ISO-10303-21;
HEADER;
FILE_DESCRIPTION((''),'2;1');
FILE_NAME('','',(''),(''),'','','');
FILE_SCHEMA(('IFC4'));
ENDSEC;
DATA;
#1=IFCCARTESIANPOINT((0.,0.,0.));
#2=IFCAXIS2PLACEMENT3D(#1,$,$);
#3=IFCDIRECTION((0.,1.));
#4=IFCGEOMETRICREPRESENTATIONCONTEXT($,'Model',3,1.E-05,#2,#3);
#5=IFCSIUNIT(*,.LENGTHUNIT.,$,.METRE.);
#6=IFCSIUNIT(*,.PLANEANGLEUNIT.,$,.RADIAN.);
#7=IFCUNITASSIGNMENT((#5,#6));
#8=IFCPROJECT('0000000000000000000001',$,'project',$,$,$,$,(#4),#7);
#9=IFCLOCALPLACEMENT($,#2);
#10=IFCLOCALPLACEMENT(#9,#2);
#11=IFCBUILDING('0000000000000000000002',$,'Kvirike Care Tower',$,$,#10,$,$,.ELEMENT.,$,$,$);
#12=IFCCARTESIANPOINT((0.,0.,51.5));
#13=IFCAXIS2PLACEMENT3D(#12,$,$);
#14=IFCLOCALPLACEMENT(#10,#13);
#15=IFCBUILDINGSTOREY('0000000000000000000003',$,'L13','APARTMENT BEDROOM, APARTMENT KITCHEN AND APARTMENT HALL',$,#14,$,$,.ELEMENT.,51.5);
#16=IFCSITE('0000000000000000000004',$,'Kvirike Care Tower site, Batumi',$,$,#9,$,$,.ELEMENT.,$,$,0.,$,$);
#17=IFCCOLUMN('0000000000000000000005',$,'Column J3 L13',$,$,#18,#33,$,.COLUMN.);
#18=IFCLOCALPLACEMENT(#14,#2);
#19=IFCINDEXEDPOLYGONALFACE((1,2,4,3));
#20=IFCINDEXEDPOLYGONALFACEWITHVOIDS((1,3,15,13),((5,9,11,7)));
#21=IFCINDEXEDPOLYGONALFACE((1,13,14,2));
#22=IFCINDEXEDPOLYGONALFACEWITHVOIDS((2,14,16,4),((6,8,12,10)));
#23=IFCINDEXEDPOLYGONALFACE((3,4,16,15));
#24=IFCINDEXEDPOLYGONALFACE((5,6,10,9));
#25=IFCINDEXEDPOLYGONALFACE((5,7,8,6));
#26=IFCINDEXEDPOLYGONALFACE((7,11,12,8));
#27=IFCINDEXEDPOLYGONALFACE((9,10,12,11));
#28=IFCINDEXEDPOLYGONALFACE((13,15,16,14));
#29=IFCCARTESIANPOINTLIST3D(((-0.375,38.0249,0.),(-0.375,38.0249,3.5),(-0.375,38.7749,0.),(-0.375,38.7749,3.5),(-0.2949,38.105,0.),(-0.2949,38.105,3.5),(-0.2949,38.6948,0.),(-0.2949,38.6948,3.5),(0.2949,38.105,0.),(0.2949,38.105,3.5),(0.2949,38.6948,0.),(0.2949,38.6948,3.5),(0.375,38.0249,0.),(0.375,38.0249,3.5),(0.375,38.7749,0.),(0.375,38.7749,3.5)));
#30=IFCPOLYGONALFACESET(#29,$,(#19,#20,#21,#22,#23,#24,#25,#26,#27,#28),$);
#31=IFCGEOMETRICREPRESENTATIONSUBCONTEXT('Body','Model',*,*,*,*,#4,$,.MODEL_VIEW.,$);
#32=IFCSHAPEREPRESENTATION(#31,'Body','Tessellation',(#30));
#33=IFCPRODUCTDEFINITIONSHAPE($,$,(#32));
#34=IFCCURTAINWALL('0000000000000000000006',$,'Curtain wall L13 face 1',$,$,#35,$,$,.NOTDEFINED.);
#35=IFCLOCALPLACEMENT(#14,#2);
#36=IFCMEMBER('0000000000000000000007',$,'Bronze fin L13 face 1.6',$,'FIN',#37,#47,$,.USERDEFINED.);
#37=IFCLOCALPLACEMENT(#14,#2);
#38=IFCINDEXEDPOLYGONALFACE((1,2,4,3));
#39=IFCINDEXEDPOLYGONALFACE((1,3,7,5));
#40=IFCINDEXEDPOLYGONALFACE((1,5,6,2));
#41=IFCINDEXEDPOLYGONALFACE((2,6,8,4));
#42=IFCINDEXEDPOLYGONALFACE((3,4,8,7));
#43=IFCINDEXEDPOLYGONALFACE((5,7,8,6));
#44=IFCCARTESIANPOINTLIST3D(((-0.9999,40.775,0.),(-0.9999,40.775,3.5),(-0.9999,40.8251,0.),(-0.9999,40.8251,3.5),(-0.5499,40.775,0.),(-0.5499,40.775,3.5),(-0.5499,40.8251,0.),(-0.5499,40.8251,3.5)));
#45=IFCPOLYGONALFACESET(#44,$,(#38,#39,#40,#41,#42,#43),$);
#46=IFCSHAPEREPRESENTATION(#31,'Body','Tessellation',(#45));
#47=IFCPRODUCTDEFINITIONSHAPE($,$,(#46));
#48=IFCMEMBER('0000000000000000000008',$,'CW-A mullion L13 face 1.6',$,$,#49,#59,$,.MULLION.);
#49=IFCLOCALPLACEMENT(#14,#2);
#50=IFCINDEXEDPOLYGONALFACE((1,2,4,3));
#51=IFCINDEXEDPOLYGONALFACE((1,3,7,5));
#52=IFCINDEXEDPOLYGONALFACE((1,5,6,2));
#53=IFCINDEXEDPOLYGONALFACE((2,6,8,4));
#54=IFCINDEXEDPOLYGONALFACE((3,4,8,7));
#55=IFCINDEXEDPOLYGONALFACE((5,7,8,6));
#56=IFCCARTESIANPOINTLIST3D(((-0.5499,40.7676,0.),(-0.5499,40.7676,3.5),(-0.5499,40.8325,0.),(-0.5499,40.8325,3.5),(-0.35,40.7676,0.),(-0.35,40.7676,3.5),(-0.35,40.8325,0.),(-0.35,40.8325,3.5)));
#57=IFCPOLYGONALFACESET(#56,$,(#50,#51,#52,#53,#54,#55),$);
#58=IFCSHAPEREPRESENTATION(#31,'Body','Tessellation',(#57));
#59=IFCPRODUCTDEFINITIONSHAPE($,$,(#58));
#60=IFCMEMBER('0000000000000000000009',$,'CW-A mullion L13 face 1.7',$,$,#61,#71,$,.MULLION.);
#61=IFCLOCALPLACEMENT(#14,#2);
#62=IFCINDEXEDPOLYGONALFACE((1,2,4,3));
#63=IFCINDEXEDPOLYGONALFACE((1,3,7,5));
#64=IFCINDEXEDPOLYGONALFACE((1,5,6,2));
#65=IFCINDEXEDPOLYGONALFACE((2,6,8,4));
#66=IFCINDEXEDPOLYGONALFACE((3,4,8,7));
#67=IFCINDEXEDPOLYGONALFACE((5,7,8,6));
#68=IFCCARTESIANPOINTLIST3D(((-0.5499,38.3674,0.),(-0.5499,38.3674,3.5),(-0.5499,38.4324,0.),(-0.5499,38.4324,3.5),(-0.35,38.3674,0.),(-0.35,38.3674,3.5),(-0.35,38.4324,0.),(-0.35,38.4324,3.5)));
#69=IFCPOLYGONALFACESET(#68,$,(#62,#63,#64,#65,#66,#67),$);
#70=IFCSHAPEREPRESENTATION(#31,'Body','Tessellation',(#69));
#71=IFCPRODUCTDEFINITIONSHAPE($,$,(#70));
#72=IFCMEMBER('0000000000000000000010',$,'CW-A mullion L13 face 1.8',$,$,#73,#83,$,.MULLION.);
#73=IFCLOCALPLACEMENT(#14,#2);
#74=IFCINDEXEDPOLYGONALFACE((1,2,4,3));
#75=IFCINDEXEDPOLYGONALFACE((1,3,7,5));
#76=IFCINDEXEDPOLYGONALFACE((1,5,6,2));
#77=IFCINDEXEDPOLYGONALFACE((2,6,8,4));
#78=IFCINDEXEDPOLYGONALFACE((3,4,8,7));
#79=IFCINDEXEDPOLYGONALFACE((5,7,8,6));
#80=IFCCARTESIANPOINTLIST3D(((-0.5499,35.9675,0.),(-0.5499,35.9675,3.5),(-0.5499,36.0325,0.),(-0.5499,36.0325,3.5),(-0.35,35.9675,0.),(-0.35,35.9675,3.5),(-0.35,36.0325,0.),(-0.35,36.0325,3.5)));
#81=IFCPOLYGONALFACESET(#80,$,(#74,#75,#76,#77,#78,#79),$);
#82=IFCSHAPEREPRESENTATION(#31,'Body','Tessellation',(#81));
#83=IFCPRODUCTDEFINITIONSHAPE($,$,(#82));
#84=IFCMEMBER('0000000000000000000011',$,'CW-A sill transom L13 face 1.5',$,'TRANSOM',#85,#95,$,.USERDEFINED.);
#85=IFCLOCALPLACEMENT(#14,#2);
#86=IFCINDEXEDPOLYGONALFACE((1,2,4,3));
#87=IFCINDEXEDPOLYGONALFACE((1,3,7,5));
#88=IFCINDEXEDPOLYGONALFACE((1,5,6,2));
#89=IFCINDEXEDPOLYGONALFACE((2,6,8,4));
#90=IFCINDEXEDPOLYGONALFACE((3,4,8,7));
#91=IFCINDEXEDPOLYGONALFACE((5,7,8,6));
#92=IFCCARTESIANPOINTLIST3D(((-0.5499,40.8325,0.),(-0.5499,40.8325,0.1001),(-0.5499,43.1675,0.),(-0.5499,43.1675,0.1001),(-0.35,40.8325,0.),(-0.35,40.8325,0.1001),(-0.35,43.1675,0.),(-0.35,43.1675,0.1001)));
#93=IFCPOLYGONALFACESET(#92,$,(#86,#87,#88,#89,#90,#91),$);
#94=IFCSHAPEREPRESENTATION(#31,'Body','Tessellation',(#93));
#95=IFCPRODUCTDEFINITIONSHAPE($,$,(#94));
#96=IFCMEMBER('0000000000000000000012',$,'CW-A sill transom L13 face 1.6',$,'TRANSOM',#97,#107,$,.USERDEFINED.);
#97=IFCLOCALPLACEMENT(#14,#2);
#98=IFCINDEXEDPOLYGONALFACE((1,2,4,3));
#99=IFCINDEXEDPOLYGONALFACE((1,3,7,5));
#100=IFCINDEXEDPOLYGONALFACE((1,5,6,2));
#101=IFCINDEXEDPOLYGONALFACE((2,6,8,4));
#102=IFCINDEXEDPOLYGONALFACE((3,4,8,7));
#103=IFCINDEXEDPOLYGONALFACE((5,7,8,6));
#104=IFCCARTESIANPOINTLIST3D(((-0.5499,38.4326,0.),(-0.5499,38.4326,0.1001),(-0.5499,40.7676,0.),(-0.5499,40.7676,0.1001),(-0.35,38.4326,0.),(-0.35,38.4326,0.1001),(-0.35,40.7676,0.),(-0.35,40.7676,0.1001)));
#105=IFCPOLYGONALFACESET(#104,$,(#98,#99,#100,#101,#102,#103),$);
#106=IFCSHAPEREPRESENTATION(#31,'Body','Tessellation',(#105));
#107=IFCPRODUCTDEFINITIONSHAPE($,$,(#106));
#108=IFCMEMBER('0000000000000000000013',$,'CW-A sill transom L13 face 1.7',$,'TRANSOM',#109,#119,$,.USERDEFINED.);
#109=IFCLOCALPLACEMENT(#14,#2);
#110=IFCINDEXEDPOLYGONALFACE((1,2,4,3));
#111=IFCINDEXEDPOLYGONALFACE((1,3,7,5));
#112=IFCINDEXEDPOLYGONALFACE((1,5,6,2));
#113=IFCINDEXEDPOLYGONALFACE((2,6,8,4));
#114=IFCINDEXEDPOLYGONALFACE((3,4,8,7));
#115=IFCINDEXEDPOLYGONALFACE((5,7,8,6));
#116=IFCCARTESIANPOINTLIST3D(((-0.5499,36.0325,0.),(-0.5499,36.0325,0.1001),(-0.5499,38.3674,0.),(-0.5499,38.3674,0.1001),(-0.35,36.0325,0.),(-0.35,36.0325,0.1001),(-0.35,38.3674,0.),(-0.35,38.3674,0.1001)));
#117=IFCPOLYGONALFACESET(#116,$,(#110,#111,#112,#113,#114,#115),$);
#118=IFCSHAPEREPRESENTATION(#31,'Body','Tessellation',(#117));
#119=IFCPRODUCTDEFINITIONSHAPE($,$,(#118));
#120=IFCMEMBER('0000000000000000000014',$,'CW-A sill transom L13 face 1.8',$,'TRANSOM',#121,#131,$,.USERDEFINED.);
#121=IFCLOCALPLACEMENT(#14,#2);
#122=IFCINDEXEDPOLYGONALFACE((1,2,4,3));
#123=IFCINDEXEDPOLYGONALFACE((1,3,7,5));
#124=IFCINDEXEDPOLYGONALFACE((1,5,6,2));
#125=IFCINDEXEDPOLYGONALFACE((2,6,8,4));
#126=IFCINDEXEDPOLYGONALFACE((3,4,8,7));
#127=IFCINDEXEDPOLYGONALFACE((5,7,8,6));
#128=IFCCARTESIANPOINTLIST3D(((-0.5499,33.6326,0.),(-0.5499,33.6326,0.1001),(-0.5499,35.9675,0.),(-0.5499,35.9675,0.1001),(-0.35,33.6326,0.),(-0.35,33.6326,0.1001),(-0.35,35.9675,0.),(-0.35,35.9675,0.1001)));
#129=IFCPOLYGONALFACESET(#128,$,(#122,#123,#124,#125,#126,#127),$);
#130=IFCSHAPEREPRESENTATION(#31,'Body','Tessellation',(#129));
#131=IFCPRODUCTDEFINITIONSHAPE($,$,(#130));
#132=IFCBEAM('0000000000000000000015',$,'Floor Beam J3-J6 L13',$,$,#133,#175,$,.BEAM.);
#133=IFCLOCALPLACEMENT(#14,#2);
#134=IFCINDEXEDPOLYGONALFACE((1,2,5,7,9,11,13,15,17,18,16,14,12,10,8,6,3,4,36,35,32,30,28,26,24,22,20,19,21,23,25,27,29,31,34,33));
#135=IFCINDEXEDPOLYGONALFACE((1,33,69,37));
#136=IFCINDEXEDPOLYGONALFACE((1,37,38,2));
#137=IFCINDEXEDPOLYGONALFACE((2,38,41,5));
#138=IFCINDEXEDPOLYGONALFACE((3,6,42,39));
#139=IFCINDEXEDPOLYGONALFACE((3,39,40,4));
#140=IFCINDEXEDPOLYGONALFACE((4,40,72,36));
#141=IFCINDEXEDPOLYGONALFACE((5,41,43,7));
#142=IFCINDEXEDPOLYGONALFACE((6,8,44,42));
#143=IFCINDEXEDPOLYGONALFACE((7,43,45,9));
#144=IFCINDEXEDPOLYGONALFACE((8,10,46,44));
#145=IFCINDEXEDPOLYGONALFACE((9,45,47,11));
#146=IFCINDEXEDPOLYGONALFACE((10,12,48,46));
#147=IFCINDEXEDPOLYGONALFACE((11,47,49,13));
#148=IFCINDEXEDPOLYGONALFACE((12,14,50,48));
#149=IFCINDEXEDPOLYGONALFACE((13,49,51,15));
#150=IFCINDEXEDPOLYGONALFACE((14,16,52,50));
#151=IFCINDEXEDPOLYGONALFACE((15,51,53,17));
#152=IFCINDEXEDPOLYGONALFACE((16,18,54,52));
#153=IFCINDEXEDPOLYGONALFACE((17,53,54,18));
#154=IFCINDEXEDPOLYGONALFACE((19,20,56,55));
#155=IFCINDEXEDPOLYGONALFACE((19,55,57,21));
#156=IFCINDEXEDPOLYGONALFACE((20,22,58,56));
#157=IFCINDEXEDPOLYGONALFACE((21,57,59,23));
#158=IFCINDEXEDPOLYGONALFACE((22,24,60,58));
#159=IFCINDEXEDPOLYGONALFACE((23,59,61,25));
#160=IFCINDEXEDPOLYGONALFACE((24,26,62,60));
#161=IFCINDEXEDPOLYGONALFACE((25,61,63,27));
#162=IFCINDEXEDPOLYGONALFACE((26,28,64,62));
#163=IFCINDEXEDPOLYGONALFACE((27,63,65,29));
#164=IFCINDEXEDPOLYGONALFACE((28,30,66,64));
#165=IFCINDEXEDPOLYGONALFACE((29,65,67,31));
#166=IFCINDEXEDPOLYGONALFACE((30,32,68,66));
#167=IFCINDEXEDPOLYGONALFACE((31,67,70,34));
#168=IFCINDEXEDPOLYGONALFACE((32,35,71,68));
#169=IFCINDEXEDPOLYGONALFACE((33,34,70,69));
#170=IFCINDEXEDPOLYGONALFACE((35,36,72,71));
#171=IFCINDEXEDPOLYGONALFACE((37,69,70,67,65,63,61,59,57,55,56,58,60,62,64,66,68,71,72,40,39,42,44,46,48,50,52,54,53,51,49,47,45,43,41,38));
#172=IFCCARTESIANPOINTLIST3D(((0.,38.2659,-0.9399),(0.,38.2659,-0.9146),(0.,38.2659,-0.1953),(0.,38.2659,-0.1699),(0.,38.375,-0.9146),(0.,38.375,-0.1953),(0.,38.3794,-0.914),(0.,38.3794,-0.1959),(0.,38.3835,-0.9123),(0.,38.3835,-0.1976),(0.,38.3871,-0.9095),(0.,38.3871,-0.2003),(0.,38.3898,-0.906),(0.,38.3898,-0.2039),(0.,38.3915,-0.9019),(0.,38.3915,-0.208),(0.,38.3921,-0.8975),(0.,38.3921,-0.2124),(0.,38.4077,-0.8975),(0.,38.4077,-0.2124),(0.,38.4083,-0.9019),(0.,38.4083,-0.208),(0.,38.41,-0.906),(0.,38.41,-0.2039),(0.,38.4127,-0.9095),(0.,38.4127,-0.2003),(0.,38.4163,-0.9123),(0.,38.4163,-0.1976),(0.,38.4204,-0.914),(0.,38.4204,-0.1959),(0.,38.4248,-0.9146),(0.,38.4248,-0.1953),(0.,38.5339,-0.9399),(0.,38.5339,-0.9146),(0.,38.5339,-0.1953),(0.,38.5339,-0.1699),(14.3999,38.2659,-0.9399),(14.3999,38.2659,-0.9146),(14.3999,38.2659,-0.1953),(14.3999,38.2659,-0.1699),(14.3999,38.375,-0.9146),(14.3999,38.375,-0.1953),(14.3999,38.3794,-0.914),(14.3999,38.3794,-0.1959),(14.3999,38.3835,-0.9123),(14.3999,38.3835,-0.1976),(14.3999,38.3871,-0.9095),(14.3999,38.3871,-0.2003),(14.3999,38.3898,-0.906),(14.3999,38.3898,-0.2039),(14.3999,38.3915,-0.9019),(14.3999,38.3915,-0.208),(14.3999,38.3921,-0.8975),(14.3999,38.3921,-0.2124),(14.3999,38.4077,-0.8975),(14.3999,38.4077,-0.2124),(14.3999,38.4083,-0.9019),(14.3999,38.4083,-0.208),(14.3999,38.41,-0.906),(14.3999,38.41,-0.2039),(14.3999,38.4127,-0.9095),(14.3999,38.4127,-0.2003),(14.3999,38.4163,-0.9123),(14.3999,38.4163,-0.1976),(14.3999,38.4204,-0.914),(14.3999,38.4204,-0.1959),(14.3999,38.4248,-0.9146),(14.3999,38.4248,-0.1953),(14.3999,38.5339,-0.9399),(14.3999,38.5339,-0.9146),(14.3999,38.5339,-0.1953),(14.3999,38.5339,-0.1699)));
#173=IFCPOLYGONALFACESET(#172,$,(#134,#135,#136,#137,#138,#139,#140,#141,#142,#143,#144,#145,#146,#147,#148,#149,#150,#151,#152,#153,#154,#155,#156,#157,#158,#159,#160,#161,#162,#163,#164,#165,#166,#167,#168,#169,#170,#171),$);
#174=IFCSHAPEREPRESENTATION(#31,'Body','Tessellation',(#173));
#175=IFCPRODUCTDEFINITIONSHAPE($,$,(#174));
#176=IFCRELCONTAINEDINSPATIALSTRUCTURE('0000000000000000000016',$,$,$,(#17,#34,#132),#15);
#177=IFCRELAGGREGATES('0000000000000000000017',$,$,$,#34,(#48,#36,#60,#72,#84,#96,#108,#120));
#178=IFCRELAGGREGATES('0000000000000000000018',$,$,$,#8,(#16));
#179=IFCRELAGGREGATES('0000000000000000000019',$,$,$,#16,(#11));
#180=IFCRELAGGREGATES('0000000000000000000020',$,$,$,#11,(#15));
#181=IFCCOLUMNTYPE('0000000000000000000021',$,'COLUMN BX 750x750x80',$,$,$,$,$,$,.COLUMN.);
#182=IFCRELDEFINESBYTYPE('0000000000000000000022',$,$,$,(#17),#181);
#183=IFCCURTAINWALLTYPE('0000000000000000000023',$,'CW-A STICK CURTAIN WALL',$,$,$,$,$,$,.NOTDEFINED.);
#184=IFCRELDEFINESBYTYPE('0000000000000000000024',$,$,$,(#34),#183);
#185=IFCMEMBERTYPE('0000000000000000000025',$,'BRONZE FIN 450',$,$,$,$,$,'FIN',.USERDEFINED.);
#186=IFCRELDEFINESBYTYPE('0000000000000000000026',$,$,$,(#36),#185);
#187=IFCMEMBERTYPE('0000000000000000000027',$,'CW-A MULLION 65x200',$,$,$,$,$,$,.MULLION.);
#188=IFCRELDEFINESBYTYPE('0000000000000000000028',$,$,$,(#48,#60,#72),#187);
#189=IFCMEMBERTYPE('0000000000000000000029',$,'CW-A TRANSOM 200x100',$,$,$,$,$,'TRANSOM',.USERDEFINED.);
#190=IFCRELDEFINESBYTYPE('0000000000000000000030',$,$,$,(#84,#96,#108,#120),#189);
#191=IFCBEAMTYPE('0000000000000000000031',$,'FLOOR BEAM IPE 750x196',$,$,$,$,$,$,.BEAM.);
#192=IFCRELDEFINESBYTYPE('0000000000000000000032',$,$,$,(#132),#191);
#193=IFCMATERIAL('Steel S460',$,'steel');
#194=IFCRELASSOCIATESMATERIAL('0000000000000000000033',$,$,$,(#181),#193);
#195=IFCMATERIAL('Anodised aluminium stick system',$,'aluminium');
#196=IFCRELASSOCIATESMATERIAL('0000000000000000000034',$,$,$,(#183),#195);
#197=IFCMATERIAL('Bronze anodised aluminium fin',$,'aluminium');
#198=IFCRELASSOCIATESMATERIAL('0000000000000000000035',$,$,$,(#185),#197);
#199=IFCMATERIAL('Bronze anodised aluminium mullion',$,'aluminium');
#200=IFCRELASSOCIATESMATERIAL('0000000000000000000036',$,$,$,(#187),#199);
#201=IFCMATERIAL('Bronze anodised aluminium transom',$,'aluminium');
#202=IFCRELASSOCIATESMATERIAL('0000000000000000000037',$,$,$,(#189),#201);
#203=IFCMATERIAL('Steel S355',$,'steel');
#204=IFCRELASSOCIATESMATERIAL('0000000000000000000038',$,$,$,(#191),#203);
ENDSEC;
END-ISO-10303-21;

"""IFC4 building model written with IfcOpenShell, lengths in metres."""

from ifc_helpers import new_model, si_unit, direction, frame, origin, origin_2d, place, context, subcontext, project, spatial, rectangle, hollow_rectangle, i_section, extrude, material, material_profile, profile_set, type_object, element, aggregate, save


model = new_model("IFC4")

# Units and contexts
model_context = context("Model", 3, precision=1e-05, world=origin(), true_north=direction((0.0, 1.0)))
body_context = subcontext(model_context, "Body", "Model", "MODEL_VIEW")
ifc_project = project(units=[si_unit("LENGTHUNIT", "METRE"), si_unit("PLANEANGLEUNIT", "RADIAN")], contexts=[model_context])

# Site, building, storey
site_placement = place(None, origin())
site = spatial("IfcSite", under=ifc_project, at=site_placement, Name="Kvirike Care Tower site, Batumi", CompositionType="ELEMENT", RefElevation=0.0)
building_placement = place(site_placement, origin())
building = spatial("IfcBuilding", under=site, at=building_placement, Name="Kvirike Care Tower", CompositionType="ELEMENT")
storey_placement = place(building_placement, frame((0.0, 0.0, 51.5)))
storey = spatial("IfcBuildingStorey", under=building, at=storey_placement, Name="L13", Description="APARTMENT BEDROOM, APARTMENT KITCHEN AND APARTMENT HALL", CompositionType="ELEMENT", Elevation=51.5)

# Column
ifc_material_1 = material(Name="Steel S460", Category="steel")
ifc_material_profile_1 = material_profile(ifc_material_1, hollow_rectangle(XDim=0.75, YDim=0.75, WallThickness=0.0801, at=origin_2d()), Name="BX 750x750x80")
ifc_profile_set_1 = profile_set([ifc_material_profile_1], Name="Steel S460")
column_type = type_object("IfcColumnType", Name="COLUMN BX 750x750x80", PredefinedType="COLUMN", material=ifc_profile_set_1)
column_placement = place(storey_placement, frame((0.0, 38.3999, 0.0), z_axis=(0.0, 0.0, 1.0), x_axis=(1.0, 0.0, 0.0)))
element("IfcColumn", 1, at=column_placement, inside=storey, type_object=column_type, Name="Column J3 L13", PredefinedType="COLUMN", context=body_context, shape_type="SweptSolid", body=[
    extrude(hollow_rectangle(XDim=0.75, YDim=0.75, WallThickness=0.0801, at=origin_2d()), origin(), (0.0, 0.0, 1.0), 3.5),
])

# Curtain wall, members
ifc_material_2 = material(Name="Anodised aluminium stick system", Category="aluminium")
curtain_wall_type = type_object("IfcCurtainWallType", Name="CW-A STICK CURTAIN WALL", PredefinedType="NOTDEFINED", material=ifc_material_2)
curtain_wall_placement = place(storey_placement, origin())
curtain_wall = element("IfcCurtainWall", 2, at=curtain_wall_placement, inside=storey, type_object=curtain_wall_type, Name="Curtain wall L13 face 1", PredefinedType="NOTDEFINED")
ifc_material_3 = material(Name="Bronze anodised aluminium fin", Category="aluminium")
ifc_material_profile_2 = material_profile(ifc_material_3, rectangle(XDim=0.05, YDim=0.45, at=origin_2d()), Name="BRONZE FIN 450")
ifc_profile_set_2 = profile_set([ifc_material_profile_2], Name="Bronze anodised aluminium fin")
member_type_1 = type_object("IfcMemberType", Name="BRONZE FIN 450", ElementType="FIN", PredefinedType="USERDEFINED", material=ifc_profile_set_2)
member_1_placement = place(storey_placement, frame((-0.7749, 40.8, 0.0), z_axis=(0.0, 0.0, 1.0), x_axis=(0.0, -1.0, 0.0)))
member_1 = element("IfcMember", 3, at=member_1_placement, type_object=member_type_1, Name="Bronze fin L13 face 1.6", ObjectType="FIN", PredefinedType="USERDEFINED", context=body_context, shape_type="SweptSolid", body=[
    extrude(rectangle(XDim=0.05, YDim=0.45, at=origin_2d()), origin(), (0.0, 0.0, 1.0), 3.5),
])
ifc_material_4 = material(Name="Bronze anodised aluminium mullion", Category="aluminium")
ifc_material_profile_3 = material_profile(ifc_material_4, rectangle(XDim=0.0649, YDim=0.2, at=origin_2d()), Name="CW-A MULLION 65x200")
ifc_profile_set_3 = profile_set([ifc_material_profile_3], Name="Bronze anodised aluminium mullion")
member_type_2 = type_object("IfcMemberType", Name="CW-A MULLION 65x200", PredefinedType="MULLION", material=ifc_profile_set_3)
member_2_placement = place(storey_placement, frame((-0.45, 40.8, 0.0), z_axis=(0.0, 0.0, 1.0), x_axis=(0.0, -1.0, 0.0)))
member_2 = element("IfcMember", 4, at=member_2_placement, type_object=member_type_2, Name="CW-A mullion L13 face 1.6", PredefinedType="MULLION", context=body_context, shape_type="SweptSolid", body=[
    extrude(rectangle(XDim=0.0649, YDim=0.2, at=origin_2d()), origin(), (0.0, 0.0, 1.0), 3.5),
])
member_3_placement = place(storey_placement, frame((-0.45, 38.3999, 0.0), z_axis=(0.0, 0.0, 1.0), x_axis=(0.0, -1.0, 0.0)))
member_3 = element("IfcMember", 5, at=member_3_placement, type_object=member_type_2, Name="CW-A mullion L13 face 1.7", PredefinedType="MULLION", context=body_context, shape_type="SweptSolid", body=[
    extrude(rectangle(XDim=0.0649, YDim=0.2, at=origin_2d()), origin(), (0.0, 0.0, 1.0), 3.5),
])
member_4_placement = place(storey_placement, frame((-0.45, 36.0, 0.0), z_axis=(0.0, 0.0, 1.0), x_axis=(0.0, -1.0, 0.0)))
member_4 = element("IfcMember", 6, at=member_4_placement, type_object=member_type_2, Name="CW-A mullion L13 face 1.8", PredefinedType="MULLION", context=body_context, shape_type="SweptSolid", body=[
    extrude(rectangle(XDim=0.0649, YDim=0.2, at=origin_2d()), origin(), (0.0, 0.0, 1.0), 3.5),
])
ifc_material_5 = material(Name="Bronze anodised aluminium transom", Category="aluminium")
ifc_material_profile_4 = material_profile(ifc_material_5, rectangle(XDim=0.2, YDim=0.1001, at=origin_2d()), Name="CW-A TRANSOM 200x100")
ifc_profile_set_4 = profile_set([ifc_material_profile_4], Name="Bronze anodised aluminium transom")
member_type_3 = type_object("IfcMemberType", Name="CW-A TRANSOM 200x100", ElementType="TRANSOM", PredefinedType="USERDEFINED", material=ifc_profile_set_4)
member_5_placement = place(storey_placement, frame((-0.45, 43.1675, 0.05), z_axis=(0.0, -1.0, 0.0), x_axis=(1.0, 0.0, 0.0)))
member_5 = element("IfcMember", 7, at=member_5_placement, type_object=member_type_3, Name="CW-A sill transom L13 face 1.5", ObjectType="TRANSOM", PredefinedType="USERDEFINED", context=body_context, shape_type="SweptSolid", body=[
    extrude(rectangle(XDim=0.2, YDim=0.1001, at=origin_2d()), origin(), (0.0, 0.0, 1.0), 2.335),
])
member_6_placement = place(storey_placement, frame((-0.45, 40.7676, 0.05), z_axis=(0.0, -1.0, 0.0), x_axis=(1.0, 0.0, 0.0)))
member_6 = element("IfcMember", 8, at=member_6_placement, type_object=member_type_3, Name="CW-A sill transom L13 face 1.6", ObjectType="TRANSOM", PredefinedType="USERDEFINED", context=body_context, shape_type="SweptSolid", body=[
    extrude(rectangle(XDim=0.2, YDim=0.1001, at=origin_2d()), origin(), (0.0, 0.0, 1.0), 2.335),
])
member_7_placement = place(storey_placement, frame((-0.45, 38.3674, 0.05), z_axis=(0.0, -1.0, 0.0), x_axis=(1.0, 0.0, 0.0)))
member_7 = element("IfcMember", 9, at=member_7_placement, type_object=member_type_3, Name="CW-A sill transom L13 face 1.7", ObjectType="TRANSOM", PredefinedType="USERDEFINED", context=body_context, shape_type="SweptSolid", body=[
    extrude(rectangle(XDim=0.2, YDim=0.1001, at=origin_2d()), origin(), (0.0, 0.0, 1.0), 2.335),
])
member_8_placement = place(storey_placement, frame((-0.45, 35.9675, 0.05), z_axis=(0.0, -1.0, 0.0), x_axis=(1.0, 0.0, 0.0)))
member_8 = element("IfcMember", 10, at=member_8_placement, type_object=member_type_3, Name="CW-A sill transom L13 face 1.8", ObjectType="TRANSOM", PredefinedType="USERDEFINED", context=body_context, shape_type="SweptSolid", body=[
    extrude(rectangle(XDim=0.2, YDim=0.1001, at=origin_2d()), origin(), (0.0, 0.0, 1.0), 2.335),
])

# Beam
ifc_material_6 = material(Name="Steel S355", Category="steel")
ifc_material_profile_5 = material_profile(ifc_material_6, i_section(OverallWidth=0.2681, OverallDepth=0.77, WebThickness=0.0156, FlangeThickness=0.0254, FilletRadius=0.0171, at=origin_2d()), Name="IPE 750x196")
ifc_profile_set_5 = profile_set([ifc_material_profile_5], Name="Steel S355")
beam_type_1 = type_object("IfcBeamType", Name="FLOOR BEAM IPE 750x196", PredefinedType="BEAM", material=ifc_profile_set_5)
beam_1_placement = place(storey_placement, frame((0.0, 38.3999, -0.5549), z_axis=(1.0, 0.0, 0.0), x_axis=(0.0, 1.0, 0.0)))
element("IfcBeam", 11, at=beam_1_placement, inside=storey, type_object=beam_type_1, Name="Floor Beam J3-J6 L13", PredefinedType="BEAM", context=body_context, shape_type="SweptSolid", body=[
    extrude(i_section(OverallWidth=0.2681, OverallDepth=0.77, WebThickness=0.0156, FlangeThickness=0.0254, FilletRadius=0.0171, at=origin_2d()), origin(), (0.0, 0.0, 1.0), 14.3999),
])

aggregate(curtain_wall, [member_2, member_1, member_3, member_4, member_5, member_6, member_7, member_8])

save(model, "model.ifc")
